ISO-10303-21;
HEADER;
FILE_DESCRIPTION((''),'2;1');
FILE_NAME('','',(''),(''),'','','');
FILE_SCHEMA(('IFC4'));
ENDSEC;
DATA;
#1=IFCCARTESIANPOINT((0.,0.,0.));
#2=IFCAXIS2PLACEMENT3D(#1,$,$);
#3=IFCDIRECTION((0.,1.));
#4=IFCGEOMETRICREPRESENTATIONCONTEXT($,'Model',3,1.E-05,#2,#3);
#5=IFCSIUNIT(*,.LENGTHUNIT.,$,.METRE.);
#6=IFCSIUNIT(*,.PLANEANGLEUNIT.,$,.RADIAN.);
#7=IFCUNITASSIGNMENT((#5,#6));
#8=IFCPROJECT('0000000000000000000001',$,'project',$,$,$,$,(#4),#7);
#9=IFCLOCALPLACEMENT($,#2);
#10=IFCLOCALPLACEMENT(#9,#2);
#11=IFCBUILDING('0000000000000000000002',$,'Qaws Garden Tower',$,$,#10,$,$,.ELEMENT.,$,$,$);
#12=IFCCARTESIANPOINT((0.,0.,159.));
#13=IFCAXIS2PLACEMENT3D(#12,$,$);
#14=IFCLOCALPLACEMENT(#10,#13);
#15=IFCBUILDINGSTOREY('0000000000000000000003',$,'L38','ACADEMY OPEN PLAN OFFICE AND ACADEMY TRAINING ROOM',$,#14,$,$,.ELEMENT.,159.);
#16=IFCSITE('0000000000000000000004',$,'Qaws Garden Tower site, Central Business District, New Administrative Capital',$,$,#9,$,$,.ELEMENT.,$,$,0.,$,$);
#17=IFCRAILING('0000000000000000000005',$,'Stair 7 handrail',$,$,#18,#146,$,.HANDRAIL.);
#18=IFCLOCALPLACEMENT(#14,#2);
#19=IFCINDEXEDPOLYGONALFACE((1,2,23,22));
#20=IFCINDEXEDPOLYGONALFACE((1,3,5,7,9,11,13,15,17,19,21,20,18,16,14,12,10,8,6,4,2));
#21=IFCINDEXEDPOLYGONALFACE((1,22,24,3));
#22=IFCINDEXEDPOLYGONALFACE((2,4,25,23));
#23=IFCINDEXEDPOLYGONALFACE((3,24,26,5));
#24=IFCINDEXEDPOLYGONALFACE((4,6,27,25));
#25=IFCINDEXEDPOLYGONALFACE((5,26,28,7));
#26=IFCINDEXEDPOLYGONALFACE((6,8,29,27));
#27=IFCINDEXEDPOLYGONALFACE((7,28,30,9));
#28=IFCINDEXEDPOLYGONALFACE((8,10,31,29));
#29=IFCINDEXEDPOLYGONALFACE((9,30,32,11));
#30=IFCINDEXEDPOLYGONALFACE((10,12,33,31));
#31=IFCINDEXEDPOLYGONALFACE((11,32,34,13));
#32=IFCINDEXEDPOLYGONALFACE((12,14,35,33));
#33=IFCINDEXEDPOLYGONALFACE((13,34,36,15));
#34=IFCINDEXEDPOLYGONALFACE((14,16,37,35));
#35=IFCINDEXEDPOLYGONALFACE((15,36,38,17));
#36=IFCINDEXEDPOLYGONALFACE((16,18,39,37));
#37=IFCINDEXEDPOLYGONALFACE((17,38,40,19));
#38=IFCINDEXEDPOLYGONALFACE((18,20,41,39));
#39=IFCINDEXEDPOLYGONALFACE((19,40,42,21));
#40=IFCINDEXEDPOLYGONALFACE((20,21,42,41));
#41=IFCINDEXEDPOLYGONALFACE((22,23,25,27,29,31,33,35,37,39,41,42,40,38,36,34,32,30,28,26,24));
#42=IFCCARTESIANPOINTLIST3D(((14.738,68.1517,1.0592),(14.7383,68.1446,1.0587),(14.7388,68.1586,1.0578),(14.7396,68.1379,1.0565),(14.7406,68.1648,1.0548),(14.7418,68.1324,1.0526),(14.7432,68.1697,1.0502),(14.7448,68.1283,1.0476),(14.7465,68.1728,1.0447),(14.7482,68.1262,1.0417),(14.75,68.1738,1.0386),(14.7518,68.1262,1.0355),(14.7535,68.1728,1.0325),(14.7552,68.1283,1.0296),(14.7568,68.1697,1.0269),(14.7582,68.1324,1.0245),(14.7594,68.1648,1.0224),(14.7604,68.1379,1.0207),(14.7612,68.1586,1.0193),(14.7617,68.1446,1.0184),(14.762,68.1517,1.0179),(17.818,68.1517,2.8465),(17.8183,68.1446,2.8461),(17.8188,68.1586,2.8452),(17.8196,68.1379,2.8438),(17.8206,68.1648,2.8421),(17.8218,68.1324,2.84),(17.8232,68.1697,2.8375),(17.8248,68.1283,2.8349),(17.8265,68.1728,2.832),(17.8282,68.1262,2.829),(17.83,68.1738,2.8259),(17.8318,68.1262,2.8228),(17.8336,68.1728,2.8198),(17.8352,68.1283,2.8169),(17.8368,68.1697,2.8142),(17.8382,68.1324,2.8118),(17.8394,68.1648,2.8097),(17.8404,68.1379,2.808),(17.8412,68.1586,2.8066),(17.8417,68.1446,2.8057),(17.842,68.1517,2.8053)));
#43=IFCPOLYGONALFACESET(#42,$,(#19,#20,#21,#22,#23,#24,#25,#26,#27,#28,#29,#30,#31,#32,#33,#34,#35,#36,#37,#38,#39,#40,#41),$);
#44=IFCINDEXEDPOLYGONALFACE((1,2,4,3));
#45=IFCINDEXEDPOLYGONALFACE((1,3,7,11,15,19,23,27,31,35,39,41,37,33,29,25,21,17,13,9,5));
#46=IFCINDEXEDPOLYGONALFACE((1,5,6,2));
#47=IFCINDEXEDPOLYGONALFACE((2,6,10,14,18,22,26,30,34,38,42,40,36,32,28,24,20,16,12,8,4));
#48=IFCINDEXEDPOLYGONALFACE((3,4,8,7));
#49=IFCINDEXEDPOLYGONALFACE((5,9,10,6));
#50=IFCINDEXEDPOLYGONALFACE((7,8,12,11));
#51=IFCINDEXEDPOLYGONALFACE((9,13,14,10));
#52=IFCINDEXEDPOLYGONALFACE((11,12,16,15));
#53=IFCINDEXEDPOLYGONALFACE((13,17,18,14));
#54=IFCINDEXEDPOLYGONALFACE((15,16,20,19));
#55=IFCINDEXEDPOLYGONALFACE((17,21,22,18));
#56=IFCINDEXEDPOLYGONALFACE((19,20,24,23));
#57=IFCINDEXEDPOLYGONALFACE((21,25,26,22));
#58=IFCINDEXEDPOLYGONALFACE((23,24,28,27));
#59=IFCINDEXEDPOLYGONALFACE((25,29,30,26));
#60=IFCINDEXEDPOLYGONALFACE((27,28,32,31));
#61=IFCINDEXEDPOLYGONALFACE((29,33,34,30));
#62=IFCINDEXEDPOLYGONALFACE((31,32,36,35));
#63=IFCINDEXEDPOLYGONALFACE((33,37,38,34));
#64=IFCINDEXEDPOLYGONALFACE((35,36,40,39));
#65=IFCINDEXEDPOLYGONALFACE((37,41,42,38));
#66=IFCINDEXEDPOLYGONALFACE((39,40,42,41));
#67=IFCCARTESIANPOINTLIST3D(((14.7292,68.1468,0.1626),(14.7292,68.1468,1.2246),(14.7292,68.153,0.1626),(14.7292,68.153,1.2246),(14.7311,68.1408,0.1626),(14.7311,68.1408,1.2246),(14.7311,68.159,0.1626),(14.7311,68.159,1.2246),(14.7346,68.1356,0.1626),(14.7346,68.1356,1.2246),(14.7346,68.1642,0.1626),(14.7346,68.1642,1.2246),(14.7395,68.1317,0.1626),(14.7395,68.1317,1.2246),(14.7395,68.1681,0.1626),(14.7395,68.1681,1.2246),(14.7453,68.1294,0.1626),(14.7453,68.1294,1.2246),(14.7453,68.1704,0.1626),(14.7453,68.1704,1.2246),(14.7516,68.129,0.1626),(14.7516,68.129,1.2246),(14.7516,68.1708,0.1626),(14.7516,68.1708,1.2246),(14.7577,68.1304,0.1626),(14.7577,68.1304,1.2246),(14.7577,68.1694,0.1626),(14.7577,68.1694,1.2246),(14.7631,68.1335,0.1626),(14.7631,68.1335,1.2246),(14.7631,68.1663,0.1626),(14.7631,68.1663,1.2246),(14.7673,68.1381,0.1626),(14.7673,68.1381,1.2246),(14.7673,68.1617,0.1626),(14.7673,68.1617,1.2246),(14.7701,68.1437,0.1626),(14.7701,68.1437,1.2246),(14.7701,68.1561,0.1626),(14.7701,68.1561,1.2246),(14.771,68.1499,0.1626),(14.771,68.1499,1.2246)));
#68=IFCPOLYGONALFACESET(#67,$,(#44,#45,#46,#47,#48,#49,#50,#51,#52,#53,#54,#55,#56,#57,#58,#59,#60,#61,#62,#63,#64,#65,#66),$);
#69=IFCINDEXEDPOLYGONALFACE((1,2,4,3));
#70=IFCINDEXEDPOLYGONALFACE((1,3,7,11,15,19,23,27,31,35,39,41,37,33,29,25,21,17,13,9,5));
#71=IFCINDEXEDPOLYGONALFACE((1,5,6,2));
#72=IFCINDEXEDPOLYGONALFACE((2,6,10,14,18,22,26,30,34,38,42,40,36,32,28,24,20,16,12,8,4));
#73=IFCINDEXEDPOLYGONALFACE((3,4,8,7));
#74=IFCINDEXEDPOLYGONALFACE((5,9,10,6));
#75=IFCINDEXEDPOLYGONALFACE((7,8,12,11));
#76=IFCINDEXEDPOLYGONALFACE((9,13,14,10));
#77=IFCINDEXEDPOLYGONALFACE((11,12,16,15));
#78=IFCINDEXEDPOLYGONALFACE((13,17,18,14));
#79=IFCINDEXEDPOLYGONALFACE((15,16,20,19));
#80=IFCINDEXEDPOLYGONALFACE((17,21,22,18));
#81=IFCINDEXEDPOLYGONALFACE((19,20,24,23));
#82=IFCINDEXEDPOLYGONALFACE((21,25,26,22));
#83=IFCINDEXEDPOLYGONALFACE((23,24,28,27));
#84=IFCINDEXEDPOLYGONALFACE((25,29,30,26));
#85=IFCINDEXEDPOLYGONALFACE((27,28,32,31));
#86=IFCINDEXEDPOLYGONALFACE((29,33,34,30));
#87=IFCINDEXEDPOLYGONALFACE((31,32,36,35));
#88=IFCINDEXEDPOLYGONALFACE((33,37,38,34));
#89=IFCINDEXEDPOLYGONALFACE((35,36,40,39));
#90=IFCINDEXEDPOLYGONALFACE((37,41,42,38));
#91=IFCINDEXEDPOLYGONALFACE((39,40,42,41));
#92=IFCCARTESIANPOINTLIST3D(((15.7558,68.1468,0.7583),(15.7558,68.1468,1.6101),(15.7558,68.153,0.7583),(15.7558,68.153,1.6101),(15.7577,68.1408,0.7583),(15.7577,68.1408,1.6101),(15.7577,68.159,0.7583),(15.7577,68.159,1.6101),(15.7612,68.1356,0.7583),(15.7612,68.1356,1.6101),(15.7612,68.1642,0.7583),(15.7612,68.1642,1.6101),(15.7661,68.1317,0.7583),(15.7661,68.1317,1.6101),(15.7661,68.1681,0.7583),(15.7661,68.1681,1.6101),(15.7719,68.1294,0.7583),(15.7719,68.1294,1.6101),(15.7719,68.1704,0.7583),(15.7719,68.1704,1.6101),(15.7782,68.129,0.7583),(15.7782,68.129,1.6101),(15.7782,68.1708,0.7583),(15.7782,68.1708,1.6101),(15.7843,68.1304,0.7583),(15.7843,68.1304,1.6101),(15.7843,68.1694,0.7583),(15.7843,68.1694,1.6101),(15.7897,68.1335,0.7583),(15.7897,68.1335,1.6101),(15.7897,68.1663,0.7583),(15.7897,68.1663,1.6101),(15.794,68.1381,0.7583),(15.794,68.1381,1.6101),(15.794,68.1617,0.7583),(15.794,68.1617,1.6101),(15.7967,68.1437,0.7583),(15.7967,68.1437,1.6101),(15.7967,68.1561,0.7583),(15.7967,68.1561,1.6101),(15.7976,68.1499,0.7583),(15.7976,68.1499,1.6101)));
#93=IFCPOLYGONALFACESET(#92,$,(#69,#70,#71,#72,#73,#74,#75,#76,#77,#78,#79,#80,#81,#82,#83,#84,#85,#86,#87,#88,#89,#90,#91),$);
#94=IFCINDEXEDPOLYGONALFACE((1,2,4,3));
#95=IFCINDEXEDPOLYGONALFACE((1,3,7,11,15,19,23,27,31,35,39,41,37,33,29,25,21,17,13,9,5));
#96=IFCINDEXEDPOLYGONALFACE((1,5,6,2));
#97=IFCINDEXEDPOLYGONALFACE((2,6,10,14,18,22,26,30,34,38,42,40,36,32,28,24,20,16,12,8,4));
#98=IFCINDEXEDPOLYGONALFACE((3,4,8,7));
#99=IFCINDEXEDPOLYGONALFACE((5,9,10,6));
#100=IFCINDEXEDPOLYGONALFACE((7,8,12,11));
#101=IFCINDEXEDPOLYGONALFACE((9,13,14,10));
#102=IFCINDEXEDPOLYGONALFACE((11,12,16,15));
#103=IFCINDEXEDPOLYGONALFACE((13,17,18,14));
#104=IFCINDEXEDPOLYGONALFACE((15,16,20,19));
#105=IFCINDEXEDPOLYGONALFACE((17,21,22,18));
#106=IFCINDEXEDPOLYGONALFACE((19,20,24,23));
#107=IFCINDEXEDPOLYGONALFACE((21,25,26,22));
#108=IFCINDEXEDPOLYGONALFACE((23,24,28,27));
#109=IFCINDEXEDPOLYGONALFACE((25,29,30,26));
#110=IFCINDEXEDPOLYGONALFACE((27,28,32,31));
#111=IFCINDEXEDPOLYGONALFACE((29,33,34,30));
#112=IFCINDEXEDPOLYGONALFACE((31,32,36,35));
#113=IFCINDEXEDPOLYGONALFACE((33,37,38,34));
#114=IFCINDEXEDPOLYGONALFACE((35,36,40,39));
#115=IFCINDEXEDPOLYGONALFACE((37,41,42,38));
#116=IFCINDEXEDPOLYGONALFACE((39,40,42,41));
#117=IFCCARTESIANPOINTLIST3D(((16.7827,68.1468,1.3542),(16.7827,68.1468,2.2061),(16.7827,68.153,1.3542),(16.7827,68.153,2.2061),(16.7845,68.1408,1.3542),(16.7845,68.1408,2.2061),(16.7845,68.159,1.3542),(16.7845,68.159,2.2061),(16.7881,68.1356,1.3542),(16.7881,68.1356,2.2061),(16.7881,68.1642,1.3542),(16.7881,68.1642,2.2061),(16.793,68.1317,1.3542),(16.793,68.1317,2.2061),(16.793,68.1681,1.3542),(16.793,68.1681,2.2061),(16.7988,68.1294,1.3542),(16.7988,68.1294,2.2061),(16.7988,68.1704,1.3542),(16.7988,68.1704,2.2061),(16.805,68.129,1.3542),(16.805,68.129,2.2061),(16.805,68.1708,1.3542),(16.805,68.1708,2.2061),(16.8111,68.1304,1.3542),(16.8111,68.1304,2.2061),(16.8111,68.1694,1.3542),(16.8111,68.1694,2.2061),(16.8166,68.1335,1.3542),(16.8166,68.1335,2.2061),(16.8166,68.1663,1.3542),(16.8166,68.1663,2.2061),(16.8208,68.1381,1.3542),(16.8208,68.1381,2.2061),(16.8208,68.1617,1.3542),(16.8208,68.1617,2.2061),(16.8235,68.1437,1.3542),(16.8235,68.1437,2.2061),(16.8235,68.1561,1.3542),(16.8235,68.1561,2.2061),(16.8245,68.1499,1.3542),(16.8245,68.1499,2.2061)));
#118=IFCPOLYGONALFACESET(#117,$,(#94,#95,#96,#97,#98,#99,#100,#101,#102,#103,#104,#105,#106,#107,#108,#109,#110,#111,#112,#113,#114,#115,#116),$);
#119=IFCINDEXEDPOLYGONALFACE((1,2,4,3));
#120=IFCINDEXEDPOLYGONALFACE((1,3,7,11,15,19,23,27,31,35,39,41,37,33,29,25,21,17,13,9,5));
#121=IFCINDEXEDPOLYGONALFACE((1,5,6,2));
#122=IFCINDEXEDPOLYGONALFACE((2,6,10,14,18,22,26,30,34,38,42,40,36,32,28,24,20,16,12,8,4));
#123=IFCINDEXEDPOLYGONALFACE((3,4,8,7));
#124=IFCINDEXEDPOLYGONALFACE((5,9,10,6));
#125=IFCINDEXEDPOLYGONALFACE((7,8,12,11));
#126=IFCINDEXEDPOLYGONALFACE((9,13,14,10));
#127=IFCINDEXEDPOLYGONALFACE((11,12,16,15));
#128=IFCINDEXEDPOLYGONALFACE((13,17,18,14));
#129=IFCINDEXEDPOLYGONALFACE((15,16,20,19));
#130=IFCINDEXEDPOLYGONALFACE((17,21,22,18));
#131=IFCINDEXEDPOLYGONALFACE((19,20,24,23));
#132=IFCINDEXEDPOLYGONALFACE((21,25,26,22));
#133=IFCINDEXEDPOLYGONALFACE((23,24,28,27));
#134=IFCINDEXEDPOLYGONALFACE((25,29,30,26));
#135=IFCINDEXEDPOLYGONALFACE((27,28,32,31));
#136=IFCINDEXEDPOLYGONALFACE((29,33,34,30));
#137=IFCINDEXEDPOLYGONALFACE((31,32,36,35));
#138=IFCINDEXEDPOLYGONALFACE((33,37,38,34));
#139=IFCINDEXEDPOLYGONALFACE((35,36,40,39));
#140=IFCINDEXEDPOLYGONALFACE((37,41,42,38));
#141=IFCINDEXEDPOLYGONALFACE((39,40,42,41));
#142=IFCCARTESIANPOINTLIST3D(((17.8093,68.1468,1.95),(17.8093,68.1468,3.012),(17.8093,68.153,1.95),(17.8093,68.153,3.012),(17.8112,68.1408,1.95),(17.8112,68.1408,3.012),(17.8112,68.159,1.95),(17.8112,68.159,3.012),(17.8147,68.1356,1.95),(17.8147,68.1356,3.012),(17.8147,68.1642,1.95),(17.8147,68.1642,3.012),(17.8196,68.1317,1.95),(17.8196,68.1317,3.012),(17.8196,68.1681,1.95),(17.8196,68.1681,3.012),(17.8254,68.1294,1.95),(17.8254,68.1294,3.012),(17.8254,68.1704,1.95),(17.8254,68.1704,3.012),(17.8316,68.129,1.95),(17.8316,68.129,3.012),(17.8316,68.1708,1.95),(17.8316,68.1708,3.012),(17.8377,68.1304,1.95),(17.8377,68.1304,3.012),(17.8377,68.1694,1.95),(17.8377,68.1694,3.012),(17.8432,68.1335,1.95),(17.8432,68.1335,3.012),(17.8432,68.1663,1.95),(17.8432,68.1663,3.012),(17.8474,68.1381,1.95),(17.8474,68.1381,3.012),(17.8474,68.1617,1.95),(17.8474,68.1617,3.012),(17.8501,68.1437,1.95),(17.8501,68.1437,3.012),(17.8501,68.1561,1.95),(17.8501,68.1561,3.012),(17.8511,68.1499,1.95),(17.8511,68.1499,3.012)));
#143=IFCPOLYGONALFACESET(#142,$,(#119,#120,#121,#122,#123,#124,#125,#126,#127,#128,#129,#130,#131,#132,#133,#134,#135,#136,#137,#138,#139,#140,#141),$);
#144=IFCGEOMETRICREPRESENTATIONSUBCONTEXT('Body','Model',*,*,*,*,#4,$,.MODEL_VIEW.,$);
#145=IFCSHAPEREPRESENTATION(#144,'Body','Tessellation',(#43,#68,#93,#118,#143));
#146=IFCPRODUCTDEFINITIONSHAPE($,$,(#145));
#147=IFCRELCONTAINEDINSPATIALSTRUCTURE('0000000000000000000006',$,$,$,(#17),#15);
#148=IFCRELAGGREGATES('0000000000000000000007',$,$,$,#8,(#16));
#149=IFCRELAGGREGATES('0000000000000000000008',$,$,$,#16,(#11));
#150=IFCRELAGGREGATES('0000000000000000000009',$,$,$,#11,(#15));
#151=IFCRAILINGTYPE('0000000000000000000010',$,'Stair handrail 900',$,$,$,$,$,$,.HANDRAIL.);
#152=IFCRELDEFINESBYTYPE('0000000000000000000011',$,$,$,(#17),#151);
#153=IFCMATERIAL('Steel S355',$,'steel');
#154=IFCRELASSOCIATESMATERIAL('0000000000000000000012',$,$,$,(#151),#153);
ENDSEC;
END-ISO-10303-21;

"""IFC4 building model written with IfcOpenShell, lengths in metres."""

from ifc_helpers import new_model, si_unit, direction, frame, origin, origin_2d, place, context, subcontext, project, spatial, circle, extrude, material, type_object, element, save


model = new_model("IFC4")

# Units and contexts
model_context = context("Model", 3, precision=1e-05, world=origin(), true_north=direction((0.0, 1.0)))
body_context = subcontext(model_context, "Body", "Model", "MODEL_VIEW")
ifc_project = project(units=[si_unit("LENGTHUNIT", "METRE"), si_unit("PLANEANGLEUNIT", "RADIAN")], contexts=[model_context])

# Site, building, storey
site_placement = place(None, origin())
site = spatial("IfcSite", under=ifc_project, at=site_placement, Name="Qaws Garden Tower site, Central Business District, New Administrative Capital", CompositionType="ELEMENT", RefElevation=0.0)
building_placement = place(site_placement, origin())
building = spatial("IfcBuilding", under=site, at=building_placement, Name="Qaws Garden Tower", CompositionType="ELEMENT")
storey_placement = place(building_placement, frame((0.0, 0.0, 159.0)))
storey = spatial("IfcBuildingStorey", under=building, at=storey_placement, Name="L38", Description="ACADEMY OPEN PLAN OFFICE AND ACADEMY TRAINING ROOM", CompositionType="ELEMENT", Elevation=159.0)

# Railing
ifc_material_1 = material(Name="Steel S355", Category="steel")
railing_type = type_object("IfcRailingType", Name="Stair handrail 900", PredefinedType="HANDRAIL", material=ifc_material_1)
railing_1_placement = place(storey_placement, frame((14.75, 68.1499, 0.1626)))
element("IfcRailing", 1, at=railing_1_placement, inside=storey, type_object=railing_type, Name="Stair 7 handrail", PredefinedType="HANDRAIL", context=body_context, shape_type="SweptSolid", body=[
    extrude(circle(Radius=0.0239, at=origin_2d()), frame((0.0, 0.0, 0.876), z_axis=(0.86492, 0.0, 0.501909), x_axis=(0.0, 1.0, 0.0)), (0.0, 0.0, 1.0), 3.561),
    extrude(circle(Radius=0.021, at=origin_2d()), origin(), (0.0, 0.0, 1.0), 1.062),
    extrude(circle(Radius=0.021, at=origin_2d()), frame((1.0266, 0.0, 0.5957)), (0.0, 0.0, 1.0), 0.8518),
    extrude(circle(Radius=0.021, at=origin_2d()), frame((2.0535, 0.0, 1.1917)), (0.0, 0.0, 1.0), 0.8518),
    extrude(circle(Radius=0.021, at=origin_2d()), frame((3.0801, 0.0, 1.7874)), (0.0, 0.0, 1.0), 1.062),
])

save(model, "model.ifc")
